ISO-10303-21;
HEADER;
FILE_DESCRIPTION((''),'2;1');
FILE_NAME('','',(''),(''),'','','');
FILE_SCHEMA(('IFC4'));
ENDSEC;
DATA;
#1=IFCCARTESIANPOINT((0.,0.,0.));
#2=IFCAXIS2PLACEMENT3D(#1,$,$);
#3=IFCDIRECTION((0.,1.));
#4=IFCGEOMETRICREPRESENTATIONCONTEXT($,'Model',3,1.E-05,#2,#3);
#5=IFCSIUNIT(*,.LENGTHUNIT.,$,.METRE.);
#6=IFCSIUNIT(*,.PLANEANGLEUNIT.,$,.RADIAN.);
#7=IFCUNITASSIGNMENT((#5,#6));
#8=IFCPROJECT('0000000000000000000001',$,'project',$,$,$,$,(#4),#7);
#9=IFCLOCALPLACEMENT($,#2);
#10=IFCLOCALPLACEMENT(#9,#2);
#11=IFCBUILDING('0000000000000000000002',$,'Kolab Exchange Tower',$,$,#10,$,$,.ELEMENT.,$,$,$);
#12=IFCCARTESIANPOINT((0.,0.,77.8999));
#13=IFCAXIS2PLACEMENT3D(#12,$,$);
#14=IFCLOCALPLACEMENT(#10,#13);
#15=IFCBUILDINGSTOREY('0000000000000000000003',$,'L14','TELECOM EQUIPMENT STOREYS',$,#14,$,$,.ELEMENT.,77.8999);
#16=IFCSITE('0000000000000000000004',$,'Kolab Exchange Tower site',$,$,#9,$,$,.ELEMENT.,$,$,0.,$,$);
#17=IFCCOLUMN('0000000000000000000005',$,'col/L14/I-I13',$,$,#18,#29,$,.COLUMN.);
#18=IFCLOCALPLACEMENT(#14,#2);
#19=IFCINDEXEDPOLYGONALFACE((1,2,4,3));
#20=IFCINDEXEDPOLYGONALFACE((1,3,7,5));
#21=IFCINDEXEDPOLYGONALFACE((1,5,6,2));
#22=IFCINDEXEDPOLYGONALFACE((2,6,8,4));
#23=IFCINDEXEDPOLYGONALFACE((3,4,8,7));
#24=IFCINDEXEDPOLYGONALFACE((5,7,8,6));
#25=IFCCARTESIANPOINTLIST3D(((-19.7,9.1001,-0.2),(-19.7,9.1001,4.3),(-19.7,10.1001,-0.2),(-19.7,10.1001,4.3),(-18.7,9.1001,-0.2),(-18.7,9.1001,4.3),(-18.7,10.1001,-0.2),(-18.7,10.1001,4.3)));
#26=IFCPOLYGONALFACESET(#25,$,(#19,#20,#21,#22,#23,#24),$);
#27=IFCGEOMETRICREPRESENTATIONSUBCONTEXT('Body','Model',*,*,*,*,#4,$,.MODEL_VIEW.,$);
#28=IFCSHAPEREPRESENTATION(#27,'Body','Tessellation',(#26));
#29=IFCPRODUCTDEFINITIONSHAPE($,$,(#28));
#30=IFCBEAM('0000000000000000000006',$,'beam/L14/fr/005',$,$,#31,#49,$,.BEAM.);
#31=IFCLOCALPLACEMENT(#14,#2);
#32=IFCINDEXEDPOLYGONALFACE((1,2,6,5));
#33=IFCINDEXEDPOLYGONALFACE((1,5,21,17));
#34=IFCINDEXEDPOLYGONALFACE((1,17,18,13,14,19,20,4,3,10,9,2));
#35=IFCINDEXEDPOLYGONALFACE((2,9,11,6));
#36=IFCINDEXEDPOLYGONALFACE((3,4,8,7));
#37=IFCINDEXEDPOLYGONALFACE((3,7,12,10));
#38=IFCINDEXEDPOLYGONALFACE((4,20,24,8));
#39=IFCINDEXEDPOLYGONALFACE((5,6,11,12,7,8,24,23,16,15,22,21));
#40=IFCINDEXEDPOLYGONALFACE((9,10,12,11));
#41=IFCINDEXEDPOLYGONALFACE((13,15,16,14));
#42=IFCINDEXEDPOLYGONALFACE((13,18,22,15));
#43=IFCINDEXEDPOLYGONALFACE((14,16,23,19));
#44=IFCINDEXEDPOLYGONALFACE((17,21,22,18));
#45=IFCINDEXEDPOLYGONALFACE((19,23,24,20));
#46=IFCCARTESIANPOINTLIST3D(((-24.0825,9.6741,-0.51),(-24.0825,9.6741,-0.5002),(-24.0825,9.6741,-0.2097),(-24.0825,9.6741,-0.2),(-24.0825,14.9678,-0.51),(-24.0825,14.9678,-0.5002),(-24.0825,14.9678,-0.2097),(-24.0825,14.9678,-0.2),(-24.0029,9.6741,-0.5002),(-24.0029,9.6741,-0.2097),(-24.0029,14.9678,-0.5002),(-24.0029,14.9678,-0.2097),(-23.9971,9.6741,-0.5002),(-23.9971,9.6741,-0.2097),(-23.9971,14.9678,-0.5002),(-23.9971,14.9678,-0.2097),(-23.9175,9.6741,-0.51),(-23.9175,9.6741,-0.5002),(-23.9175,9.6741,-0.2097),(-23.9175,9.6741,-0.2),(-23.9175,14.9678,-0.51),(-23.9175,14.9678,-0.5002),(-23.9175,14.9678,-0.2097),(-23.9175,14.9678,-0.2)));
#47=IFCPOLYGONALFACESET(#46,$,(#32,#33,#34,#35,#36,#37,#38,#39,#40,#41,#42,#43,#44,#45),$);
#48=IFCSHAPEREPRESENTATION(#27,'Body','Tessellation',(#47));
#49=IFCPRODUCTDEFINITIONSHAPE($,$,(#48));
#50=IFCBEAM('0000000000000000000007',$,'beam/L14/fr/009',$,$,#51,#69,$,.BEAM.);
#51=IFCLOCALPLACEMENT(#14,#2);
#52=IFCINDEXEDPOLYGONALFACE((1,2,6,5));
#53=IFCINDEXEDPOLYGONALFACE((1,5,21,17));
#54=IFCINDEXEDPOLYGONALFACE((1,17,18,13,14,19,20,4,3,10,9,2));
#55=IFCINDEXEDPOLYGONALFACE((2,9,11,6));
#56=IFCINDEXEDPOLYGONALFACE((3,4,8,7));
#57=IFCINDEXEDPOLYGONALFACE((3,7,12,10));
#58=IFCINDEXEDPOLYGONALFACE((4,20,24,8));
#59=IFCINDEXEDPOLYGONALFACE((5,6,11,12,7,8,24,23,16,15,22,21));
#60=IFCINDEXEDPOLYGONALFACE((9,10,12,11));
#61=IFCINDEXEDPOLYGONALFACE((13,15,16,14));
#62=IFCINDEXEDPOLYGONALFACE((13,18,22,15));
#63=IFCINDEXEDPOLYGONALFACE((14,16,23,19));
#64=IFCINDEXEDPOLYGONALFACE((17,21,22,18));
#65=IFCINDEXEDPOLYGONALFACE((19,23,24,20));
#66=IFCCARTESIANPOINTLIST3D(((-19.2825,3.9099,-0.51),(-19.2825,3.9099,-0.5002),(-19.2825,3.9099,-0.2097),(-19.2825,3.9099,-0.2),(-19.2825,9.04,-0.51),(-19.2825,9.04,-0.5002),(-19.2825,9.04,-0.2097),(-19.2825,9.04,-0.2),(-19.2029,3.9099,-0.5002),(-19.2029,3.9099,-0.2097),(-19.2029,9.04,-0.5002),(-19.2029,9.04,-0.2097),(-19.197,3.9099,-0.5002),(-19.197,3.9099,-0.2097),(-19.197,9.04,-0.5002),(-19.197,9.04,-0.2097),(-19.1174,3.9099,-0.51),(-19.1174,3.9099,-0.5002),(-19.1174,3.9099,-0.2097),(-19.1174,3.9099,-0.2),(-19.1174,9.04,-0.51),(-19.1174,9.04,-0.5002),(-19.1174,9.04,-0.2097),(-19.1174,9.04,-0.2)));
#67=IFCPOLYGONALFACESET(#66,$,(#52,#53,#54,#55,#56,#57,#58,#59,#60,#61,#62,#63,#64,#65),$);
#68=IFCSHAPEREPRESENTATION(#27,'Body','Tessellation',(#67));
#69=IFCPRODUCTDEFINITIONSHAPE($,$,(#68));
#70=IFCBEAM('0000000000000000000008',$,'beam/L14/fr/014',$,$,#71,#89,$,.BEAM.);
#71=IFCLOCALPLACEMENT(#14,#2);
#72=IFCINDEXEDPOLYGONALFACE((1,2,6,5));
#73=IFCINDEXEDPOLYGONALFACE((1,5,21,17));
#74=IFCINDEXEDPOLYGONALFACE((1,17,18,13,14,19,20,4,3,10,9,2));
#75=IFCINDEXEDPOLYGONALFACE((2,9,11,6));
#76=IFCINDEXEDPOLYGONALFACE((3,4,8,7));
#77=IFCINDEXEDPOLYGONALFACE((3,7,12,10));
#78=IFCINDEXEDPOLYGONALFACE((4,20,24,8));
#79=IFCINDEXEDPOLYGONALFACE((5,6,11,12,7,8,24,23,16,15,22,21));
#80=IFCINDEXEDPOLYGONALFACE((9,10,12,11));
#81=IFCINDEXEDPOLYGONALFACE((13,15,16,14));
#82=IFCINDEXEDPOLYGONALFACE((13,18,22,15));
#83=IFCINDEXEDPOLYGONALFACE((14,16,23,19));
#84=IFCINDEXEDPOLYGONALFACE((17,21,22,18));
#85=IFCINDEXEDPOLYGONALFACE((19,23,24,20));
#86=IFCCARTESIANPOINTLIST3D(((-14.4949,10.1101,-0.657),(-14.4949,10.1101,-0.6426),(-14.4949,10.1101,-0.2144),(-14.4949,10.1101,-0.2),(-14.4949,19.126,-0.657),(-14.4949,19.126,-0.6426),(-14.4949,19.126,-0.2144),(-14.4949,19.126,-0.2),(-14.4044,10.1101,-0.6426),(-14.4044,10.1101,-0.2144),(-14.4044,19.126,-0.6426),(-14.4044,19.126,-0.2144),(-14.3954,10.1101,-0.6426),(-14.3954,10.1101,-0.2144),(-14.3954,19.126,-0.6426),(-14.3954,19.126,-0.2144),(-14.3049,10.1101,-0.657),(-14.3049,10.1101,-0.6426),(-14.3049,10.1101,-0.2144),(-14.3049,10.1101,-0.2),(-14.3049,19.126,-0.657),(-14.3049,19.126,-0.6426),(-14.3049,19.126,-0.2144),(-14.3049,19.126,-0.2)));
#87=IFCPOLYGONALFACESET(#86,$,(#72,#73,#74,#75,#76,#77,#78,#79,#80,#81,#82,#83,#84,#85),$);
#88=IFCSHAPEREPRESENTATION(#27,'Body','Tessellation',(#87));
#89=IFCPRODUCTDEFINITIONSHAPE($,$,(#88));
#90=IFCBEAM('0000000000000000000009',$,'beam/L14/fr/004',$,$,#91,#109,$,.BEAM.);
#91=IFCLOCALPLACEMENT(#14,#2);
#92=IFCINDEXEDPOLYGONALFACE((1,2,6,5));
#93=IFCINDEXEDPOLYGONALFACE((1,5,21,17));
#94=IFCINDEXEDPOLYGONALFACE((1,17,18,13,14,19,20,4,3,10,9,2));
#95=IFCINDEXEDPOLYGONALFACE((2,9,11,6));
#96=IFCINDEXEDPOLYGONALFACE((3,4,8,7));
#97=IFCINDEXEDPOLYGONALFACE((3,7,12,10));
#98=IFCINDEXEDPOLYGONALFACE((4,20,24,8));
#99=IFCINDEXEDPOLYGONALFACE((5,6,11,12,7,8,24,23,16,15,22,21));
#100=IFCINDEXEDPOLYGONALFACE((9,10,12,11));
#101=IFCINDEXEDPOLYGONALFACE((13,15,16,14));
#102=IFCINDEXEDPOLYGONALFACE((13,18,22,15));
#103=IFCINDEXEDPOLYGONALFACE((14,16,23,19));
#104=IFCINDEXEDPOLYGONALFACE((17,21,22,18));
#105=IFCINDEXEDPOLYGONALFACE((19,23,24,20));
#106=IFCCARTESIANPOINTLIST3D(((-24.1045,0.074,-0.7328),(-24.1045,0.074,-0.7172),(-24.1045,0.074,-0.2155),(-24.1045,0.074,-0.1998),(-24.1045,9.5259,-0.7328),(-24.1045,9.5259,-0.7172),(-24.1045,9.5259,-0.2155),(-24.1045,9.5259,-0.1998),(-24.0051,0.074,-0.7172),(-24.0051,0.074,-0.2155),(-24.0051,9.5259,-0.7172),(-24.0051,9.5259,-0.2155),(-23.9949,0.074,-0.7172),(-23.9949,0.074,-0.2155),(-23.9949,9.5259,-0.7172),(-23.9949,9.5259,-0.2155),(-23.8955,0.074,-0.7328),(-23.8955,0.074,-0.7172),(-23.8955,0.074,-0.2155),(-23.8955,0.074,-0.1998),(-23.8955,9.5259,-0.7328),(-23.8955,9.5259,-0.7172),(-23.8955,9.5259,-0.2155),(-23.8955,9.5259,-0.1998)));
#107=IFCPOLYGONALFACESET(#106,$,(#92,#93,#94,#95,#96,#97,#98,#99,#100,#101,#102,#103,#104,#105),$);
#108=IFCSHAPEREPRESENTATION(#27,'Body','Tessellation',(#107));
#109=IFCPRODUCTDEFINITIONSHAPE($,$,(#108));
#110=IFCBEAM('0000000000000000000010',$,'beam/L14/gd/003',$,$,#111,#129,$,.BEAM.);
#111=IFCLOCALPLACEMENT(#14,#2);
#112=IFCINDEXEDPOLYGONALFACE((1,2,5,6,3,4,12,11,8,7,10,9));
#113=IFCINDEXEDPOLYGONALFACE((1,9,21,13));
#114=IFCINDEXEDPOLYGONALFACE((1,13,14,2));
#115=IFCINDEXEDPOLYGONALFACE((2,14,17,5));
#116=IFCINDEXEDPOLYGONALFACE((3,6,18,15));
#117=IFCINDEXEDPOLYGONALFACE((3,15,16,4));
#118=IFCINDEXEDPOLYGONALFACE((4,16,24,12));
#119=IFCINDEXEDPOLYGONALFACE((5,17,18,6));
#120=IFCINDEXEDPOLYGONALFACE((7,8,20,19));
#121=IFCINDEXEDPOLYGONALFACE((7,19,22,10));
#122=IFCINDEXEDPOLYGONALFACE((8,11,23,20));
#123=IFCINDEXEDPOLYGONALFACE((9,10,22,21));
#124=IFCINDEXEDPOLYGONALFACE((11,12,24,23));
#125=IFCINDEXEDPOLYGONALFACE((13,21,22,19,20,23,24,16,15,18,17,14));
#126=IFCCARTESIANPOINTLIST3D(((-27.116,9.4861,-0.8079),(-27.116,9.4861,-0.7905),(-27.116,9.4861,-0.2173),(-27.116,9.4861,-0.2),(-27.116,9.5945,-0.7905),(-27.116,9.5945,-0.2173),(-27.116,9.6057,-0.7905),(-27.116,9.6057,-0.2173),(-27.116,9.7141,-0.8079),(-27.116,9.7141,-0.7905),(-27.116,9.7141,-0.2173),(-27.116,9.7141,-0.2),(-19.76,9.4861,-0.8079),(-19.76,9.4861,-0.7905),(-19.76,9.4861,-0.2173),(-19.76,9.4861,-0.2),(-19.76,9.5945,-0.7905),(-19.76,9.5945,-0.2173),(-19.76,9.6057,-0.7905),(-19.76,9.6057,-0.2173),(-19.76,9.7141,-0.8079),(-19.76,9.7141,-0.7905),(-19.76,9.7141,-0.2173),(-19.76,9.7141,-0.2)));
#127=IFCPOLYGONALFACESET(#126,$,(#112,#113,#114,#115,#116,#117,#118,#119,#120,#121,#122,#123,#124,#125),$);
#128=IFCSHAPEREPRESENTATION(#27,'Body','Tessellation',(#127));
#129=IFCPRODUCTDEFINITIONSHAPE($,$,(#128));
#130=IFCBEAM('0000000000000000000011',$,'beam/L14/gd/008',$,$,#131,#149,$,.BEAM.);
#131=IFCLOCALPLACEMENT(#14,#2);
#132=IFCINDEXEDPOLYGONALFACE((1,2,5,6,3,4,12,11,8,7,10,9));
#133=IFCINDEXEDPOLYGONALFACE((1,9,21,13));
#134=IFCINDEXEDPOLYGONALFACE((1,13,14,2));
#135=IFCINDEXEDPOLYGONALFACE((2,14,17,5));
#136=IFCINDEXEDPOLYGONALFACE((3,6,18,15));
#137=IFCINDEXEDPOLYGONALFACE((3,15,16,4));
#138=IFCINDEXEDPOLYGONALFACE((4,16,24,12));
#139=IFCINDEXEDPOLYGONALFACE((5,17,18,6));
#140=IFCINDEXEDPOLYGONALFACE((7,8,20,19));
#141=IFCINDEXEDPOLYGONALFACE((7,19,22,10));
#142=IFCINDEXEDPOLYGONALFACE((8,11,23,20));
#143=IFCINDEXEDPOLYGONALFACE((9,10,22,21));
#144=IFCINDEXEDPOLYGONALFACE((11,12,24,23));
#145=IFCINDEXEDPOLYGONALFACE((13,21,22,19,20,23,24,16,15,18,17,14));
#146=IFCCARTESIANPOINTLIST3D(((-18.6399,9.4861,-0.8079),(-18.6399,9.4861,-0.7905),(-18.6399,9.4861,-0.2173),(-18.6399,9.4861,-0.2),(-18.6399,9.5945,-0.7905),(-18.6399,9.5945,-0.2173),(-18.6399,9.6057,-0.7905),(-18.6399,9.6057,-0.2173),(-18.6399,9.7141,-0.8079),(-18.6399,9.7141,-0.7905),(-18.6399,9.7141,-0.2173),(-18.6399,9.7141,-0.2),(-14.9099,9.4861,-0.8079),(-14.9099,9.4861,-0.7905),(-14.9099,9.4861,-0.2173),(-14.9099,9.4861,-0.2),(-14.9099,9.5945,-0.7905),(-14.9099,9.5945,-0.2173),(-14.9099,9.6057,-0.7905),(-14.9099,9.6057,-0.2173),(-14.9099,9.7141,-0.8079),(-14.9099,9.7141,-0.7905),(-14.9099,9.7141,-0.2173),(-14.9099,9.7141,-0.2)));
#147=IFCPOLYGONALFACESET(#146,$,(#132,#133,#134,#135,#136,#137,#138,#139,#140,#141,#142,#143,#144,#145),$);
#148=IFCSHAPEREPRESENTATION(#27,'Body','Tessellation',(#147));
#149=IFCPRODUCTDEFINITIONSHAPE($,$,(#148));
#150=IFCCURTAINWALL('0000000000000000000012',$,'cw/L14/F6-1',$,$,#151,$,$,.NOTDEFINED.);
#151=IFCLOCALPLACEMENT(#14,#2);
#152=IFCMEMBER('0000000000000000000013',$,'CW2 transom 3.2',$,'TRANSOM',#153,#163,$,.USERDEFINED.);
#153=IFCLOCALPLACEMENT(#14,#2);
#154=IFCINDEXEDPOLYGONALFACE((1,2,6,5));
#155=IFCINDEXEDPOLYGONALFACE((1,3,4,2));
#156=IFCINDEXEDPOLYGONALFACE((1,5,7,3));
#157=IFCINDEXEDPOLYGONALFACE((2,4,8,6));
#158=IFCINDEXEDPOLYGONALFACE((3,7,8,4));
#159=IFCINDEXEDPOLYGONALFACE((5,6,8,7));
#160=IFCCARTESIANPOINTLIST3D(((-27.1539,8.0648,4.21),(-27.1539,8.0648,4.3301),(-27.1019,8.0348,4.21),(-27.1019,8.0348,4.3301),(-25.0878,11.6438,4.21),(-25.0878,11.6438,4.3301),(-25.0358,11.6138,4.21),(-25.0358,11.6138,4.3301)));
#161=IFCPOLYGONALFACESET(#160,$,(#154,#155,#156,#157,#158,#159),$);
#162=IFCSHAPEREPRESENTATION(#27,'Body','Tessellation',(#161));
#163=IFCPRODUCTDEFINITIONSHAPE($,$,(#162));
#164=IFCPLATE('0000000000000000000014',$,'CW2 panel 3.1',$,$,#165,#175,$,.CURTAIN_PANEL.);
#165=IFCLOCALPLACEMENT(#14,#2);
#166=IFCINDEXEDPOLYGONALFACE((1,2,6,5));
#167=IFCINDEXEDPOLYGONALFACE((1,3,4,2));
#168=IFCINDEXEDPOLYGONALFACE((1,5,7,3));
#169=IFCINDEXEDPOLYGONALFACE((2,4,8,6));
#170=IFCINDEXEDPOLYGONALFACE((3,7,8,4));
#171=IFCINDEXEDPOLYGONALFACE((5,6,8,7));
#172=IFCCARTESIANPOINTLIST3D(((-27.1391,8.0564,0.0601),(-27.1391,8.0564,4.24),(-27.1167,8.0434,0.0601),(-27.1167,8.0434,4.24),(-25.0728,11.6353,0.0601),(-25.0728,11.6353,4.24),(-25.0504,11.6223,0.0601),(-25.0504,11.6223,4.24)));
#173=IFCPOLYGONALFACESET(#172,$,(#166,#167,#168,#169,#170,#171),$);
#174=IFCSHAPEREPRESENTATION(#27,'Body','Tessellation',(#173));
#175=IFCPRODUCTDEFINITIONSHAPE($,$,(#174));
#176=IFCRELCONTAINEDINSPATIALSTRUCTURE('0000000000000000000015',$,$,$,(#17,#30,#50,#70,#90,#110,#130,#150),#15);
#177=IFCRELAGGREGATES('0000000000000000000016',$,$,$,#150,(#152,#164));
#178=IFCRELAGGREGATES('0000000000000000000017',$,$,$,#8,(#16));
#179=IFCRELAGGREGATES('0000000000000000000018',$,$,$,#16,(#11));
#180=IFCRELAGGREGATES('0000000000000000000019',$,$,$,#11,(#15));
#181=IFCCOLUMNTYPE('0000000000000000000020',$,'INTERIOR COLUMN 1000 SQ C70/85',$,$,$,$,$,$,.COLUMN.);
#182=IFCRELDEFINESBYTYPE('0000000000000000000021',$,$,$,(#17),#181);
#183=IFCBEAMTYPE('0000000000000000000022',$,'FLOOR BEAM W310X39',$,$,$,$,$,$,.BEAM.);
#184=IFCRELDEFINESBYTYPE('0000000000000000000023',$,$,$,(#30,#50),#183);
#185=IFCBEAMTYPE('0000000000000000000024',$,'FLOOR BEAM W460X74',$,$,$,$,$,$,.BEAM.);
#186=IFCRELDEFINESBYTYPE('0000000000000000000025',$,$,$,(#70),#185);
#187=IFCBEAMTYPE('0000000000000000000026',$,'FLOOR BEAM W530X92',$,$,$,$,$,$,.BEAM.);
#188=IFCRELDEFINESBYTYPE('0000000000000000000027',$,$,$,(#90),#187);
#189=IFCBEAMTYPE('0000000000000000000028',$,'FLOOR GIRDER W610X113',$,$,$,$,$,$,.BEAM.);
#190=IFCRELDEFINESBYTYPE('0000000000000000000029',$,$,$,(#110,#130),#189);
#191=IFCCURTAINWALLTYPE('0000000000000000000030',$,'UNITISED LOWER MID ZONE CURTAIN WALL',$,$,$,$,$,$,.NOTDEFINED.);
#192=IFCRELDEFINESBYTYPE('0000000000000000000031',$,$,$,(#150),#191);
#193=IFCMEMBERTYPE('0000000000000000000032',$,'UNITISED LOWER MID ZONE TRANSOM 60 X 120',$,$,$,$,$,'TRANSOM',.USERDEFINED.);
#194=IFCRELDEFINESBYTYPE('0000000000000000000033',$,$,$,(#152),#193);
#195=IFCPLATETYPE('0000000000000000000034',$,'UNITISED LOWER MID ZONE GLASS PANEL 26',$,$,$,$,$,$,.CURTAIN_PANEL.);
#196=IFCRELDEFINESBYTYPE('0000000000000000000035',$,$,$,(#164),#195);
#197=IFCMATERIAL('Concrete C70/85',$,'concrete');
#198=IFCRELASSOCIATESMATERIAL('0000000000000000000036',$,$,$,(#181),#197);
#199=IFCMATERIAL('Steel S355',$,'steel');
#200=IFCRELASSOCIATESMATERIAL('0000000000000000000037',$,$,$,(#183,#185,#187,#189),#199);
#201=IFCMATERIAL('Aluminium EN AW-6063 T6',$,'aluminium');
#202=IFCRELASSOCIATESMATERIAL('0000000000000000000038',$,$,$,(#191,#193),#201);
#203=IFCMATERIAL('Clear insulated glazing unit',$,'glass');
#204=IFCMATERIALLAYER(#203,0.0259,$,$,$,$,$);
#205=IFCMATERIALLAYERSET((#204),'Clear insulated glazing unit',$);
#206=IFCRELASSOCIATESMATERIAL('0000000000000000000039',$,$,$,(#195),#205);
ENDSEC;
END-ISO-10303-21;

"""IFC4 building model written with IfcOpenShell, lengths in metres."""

from ifc_helpers import new_model, si_unit, direction, frame, origin, origin_2d, place, context, subcontext, project, spatial, rectangle, i_section, extrude, material, layer, layer_set, material_profile, profile_set, type_object, element, aggregate, save


model = new_model("IFC4")

# Units and contexts
model_context = context("Model", 3, precision=1e-05, world=origin(), true_north=direction((0.0, 1.0)))
body_context = subcontext(model_context, "Body", "Model", "MODEL_VIEW")
ifc_project = project(units=[si_unit("LENGTHUNIT", "METRE"), si_unit("PLANEANGLEUNIT", "RADIAN")], contexts=[model_context])

# Site, building, storey
site_placement = place(None, origin())
site = spatial("IfcSite", under=ifc_project, at=site_placement, Name="Kolab Exchange Tower site", CompositionType="ELEMENT", RefElevation=0.0)
building_placement = place(site_placement, origin())
building = spatial("IfcBuilding", under=site, at=building_placement, Name="Kolab Exchange Tower", CompositionType="ELEMENT")
storey_placement = place(building_placement, frame((0.0, 0.0, 77.8999)))
storey = spatial("IfcBuildingStorey", under=building, at=storey_placement, Name="L14", Description="TELECOM EQUIPMENT STOREYS", CompositionType="ELEMENT", Elevation=77.8999)

# Column
ifc_material_1 = material(Name="Concrete C70/85", Category="concrete")
ifc_material_profile_1 = material_profile(ifc_material_1, rectangle(XDim=1.0, YDim=1.0, at=origin_2d()), Name="RC1000")
ifc_profile_set_1 = profile_set([ifc_material_profile_1], Name="Concrete C70/85")
column_type = type_object("IfcColumnType", Name="INTERIOR COLUMN 1000 SQ C70/85", PredefinedType="COLUMN", material=ifc_profile_set_1)
column_placement = place(storey_placement, frame((-19.2, 9.6001, -0.2), z_axis=(0.0, 0.0, 1.0), x_axis=(1.0, 0.0, 0.0)))
element("IfcColumn", 1, at=column_placement, inside=storey, type_object=column_type, Name="col/L14/I-I13", PredefinedType="COLUMN", context=body_context, shape_type="SweptSolid", body=[
    extrude(rectangle(XDim=1.0, YDim=1.0, at=origin_2d()), origin(), (0.0, 0.0, 1.0), 4.5),
])

# Beams
ifc_material_2 = material(Name="Steel S355", Category="steel")
ifc_material_profile_2 = material_profile(ifc_material_2, i_section(OverallWidth=0.165, OverallDepth=0.3101, WebThickness=0.0059, FlangeThickness=0.0098, at=origin_2d()), Name="W310X39")
ifc_profile_set_2 = profile_set([ifc_material_profile_2], Name="Steel S355")
beam_type_1 = type_object("IfcBeamType", Name="FLOOR BEAM W310X39", PredefinedType="BEAM", material=ifc_profile_set_2)
beam_1_placement = place(storey_placement, frame((-24.0, 9.6741, -0.355), z_axis=(0.0, 1.0, 0.0), x_axis=(-1.0, 0.0, 0.0)))
element("IfcBeam", 2, at=beam_1_placement, inside=storey, type_object=beam_type_1, Name="beam/L14/fr/005", PredefinedType="BEAM", context=body_context, shape_type="SweptSolid", body=[
    extrude(i_section(OverallWidth=0.165, OverallDepth=0.3101, WebThickness=0.0059, FlangeThickness=0.0098, at=origin_2d()), origin(), (0.0, 0.0, 1.0), 5.2937),
])
beam_2_placement = place(storey_placement, frame((-19.2, 3.9099, -0.355), z_axis=(0.0, 1.0, 0.0), x_axis=(-1.0, 0.0, 0.0)))
element("IfcBeam", 3, at=beam_2_placement, inside=storey, type_object=beam_type_1, Name="beam/L14/fr/009", PredefinedType="BEAM", context=body_context, shape_type="SweptSolid", body=[
    extrude(i_section(OverallWidth=0.165, OverallDepth=0.3101, WebThickness=0.0059, FlangeThickness=0.0098, at=origin_2d()), origin(), (0.0, 0.0, 1.0), 5.1301),
])
ifc_material_profile_3 = material_profile(ifc_material_2, i_section(OverallWidth=0.1899, OverallDepth=0.457, WebThickness=0.009, FlangeThickness=0.0144, at=origin_2d()), Name="W460X74")
ifc_profile_set_3 = profile_set([ifc_material_profile_3], Name="Steel S355")
beam_type_2 = type_object("IfcBeamType", Name="FLOOR BEAM W460X74", PredefinedType="BEAM", material=ifc_profile_set_3)
beam_3_placement = place(storey_placement, frame((-14.3999, 10.1101, -0.4285), z_axis=(0.0, 1.0, 0.0), x_axis=(-1.0, 0.0, 0.0)))
element("IfcBeam", 4, at=beam_3_placement, inside=storey, type_object=beam_type_2, Name="beam/L14/fr/014", PredefinedType="BEAM", context=body_context, shape_type="SweptSolid", body=[
    extrude(i_section(OverallWidth=0.1899, OverallDepth=0.457, WebThickness=0.009, FlangeThickness=0.0144, at=origin_2d()), origin(), (0.0, 0.0, 1.0), 9.0159),
])
ifc_material_profile_4 = material_profile(ifc_material_2, i_section(OverallWidth=0.209, OverallDepth=0.533, WebThickness=0.0103, FlangeThickness=0.0156, at=origin_2d()), Name="W530X92")
ifc_profile_set_4 = profile_set([ifc_material_profile_4], Name="Steel S355")
beam_type_3 = type_object("IfcBeamType", Name="FLOOR BEAM W530X92", PredefinedType="BEAM", material=ifc_profile_set_4)
beam_4_placement = place(storey_placement, frame((-24.0, 0.074, -0.4663), z_axis=(0.0, 1.0, 0.0), x_axis=(-1.0, 0.0, 0.0)))
element("IfcBeam", 5, at=beam_4_placement, inside=storey, type_object=beam_type_3, Name="beam/L14/fr/004", PredefinedType="BEAM", context=body_context, shape_type="SweptSolid", body=[
    extrude(i_section(OverallWidth=0.209, OverallDepth=0.533, WebThickness=0.0103, FlangeThickness=0.0156, at=origin_2d()), origin(), (0.0, 0.0, 1.0), 9.4519),
])
ifc_material_profile_5 = material_profile(ifc_material_2, i_section(OverallWidth=0.228, OverallDepth=0.6079, WebThickness=0.0112, FlangeThickness=0.0173, at=origin_2d()), Name="W610X113")
ifc_profile_set_5 = profile_set([ifc_material_profile_5], Name="Steel S355")
beam_type_4 = type_object("IfcBeamType", Name="FLOOR GIRDER W610X113", PredefinedType="BEAM", material=ifc_profile_set_5)
beam_5_placement = place(storey_placement, frame((-27.116, 9.6001, -0.5039), z_axis=(1.0, 0.0, 0.0), x_axis=(0.0, 1.0, 0.0)))
element("IfcBeam", 6, at=beam_5_placement, inside=storey, type_object=beam_type_4, Name="beam/L14/gd/003", PredefinedType="BEAM", context=body_context, shape_type="SweptSolid", body=[
    extrude(i_section(OverallWidth=0.228, OverallDepth=0.6079, WebThickness=0.0112, FlangeThickness=0.0173, at=origin_2d()), origin(), (0.0, 0.0, 1.0), 7.356),
])
beam_6_placement = place(storey_placement, frame((-18.6399, 9.6001, -0.5039), z_axis=(1.0, 0.0, 0.0), x_axis=(0.0, 1.0, 0.0)))
element("IfcBeam", 7, at=beam_6_placement, inside=storey, type_object=beam_type_4, Name="beam/L14/gd/008", PredefinedType="BEAM", context=body_context, shape_type="SweptSolid", body=[
    extrude(i_section(OverallWidth=0.228, OverallDepth=0.6079, WebThickness=0.0112, FlangeThickness=0.0173, at=origin_2d()), origin(), (0.0, 0.0, 1.0), 3.73),
])

# Curtain wall, member, plate
ifc_material_3 = material(Name="Aluminium EN AW-6063 T6", Category="aluminium")
curtain_wall_type = type_object("IfcCurtainWallType", Name="UNITISED LOWER MID ZONE CURTAIN WALL", PredefinedType="NOTDEFINED", material=ifc_material_3)
curtain_wall_placement = place(storey_placement, origin())
curtain_wall = element("IfcCurtainWall", 8, at=curtain_wall_placement, inside=storey, type_object=curtain_wall_type, Name="cw/L14/F6-1", PredefinedType="NOTDEFINED")
ifc_material_profile_6 = material_profile(ifc_material_3, rectangle(XDim=0.0601, YDim=0.1201, at=origin_2d()), Name="RECT 60X120")
ifc_profile_set_6 = profile_set([ifc_material_profile_6], Name="Aluminium EN AW-6063 T6")
member_type = type_object("IfcMemberType", Name="UNITISED LOWER MID ZONE TRANSOM 60 X 120", ElementType="TRANSOM", PredefinedType="USERDEFINED", material=ifc_profile_set_6)
member_placement = place(storey_placement, frame((-27.1279, 8.0498, 4.27), z_axis=(0.499958, 0.86605, 0.0), x_axis=(-0.86605, 0.499958, 0.0)))
member = element("IfcMember", 9, at=member_placement, type_object=member_type, Name="CW2 transom 3.2", ObjectType="TRANSOM", PredefinedType="USERDEFINED", context=body_context, shape_type="SweptSolid", body=[
    extrude(rectangle(XDim=0.0601, YDim=0.1201, at=origin_2d()), origin(), (0.0, 0.0, 1.0), 4.1326),
])
ifc_material_4 = material(Name="Clear insulated glazing unit", Category="glass")
ifc_layer_1 = layer(ifc_material_4, 0.0259)
ifc_layer_set_1 = layer_set([ifc_layer_1], Name="Clear insulated glazing unit")
plate_type = type_object("IfcPlateType", Name="UNITISED LOWER MID ZONE GLASS PANEL 26", PredefinedType="CURTAIN_PANEL", material=ifc_layer_set_1)
plate_placement = place(storey_placement, frame((-26.0947, 9.8394, 0.0601), z_axis=(0.0, 0.0, 1.0), x_axis=(0.5, 0.866025, 0.0)))
plate = element("IfcPlate", 10, at=plate_placement, type_object=plate_type, Name="CW2 panel 3.1", PredefinedType="CURTAIN_PANEL", context=body_context, shape_type="SweptSolid", body=[
    extrude(rectangle(XDim=4.1326, YDim=0.0259, at=origin_2d()), origin(), (0.0, 0.0, 1.0), 4.1799),
])
aggregate(curtain_wall, [member, plate])

save(model, "model.ifc")
